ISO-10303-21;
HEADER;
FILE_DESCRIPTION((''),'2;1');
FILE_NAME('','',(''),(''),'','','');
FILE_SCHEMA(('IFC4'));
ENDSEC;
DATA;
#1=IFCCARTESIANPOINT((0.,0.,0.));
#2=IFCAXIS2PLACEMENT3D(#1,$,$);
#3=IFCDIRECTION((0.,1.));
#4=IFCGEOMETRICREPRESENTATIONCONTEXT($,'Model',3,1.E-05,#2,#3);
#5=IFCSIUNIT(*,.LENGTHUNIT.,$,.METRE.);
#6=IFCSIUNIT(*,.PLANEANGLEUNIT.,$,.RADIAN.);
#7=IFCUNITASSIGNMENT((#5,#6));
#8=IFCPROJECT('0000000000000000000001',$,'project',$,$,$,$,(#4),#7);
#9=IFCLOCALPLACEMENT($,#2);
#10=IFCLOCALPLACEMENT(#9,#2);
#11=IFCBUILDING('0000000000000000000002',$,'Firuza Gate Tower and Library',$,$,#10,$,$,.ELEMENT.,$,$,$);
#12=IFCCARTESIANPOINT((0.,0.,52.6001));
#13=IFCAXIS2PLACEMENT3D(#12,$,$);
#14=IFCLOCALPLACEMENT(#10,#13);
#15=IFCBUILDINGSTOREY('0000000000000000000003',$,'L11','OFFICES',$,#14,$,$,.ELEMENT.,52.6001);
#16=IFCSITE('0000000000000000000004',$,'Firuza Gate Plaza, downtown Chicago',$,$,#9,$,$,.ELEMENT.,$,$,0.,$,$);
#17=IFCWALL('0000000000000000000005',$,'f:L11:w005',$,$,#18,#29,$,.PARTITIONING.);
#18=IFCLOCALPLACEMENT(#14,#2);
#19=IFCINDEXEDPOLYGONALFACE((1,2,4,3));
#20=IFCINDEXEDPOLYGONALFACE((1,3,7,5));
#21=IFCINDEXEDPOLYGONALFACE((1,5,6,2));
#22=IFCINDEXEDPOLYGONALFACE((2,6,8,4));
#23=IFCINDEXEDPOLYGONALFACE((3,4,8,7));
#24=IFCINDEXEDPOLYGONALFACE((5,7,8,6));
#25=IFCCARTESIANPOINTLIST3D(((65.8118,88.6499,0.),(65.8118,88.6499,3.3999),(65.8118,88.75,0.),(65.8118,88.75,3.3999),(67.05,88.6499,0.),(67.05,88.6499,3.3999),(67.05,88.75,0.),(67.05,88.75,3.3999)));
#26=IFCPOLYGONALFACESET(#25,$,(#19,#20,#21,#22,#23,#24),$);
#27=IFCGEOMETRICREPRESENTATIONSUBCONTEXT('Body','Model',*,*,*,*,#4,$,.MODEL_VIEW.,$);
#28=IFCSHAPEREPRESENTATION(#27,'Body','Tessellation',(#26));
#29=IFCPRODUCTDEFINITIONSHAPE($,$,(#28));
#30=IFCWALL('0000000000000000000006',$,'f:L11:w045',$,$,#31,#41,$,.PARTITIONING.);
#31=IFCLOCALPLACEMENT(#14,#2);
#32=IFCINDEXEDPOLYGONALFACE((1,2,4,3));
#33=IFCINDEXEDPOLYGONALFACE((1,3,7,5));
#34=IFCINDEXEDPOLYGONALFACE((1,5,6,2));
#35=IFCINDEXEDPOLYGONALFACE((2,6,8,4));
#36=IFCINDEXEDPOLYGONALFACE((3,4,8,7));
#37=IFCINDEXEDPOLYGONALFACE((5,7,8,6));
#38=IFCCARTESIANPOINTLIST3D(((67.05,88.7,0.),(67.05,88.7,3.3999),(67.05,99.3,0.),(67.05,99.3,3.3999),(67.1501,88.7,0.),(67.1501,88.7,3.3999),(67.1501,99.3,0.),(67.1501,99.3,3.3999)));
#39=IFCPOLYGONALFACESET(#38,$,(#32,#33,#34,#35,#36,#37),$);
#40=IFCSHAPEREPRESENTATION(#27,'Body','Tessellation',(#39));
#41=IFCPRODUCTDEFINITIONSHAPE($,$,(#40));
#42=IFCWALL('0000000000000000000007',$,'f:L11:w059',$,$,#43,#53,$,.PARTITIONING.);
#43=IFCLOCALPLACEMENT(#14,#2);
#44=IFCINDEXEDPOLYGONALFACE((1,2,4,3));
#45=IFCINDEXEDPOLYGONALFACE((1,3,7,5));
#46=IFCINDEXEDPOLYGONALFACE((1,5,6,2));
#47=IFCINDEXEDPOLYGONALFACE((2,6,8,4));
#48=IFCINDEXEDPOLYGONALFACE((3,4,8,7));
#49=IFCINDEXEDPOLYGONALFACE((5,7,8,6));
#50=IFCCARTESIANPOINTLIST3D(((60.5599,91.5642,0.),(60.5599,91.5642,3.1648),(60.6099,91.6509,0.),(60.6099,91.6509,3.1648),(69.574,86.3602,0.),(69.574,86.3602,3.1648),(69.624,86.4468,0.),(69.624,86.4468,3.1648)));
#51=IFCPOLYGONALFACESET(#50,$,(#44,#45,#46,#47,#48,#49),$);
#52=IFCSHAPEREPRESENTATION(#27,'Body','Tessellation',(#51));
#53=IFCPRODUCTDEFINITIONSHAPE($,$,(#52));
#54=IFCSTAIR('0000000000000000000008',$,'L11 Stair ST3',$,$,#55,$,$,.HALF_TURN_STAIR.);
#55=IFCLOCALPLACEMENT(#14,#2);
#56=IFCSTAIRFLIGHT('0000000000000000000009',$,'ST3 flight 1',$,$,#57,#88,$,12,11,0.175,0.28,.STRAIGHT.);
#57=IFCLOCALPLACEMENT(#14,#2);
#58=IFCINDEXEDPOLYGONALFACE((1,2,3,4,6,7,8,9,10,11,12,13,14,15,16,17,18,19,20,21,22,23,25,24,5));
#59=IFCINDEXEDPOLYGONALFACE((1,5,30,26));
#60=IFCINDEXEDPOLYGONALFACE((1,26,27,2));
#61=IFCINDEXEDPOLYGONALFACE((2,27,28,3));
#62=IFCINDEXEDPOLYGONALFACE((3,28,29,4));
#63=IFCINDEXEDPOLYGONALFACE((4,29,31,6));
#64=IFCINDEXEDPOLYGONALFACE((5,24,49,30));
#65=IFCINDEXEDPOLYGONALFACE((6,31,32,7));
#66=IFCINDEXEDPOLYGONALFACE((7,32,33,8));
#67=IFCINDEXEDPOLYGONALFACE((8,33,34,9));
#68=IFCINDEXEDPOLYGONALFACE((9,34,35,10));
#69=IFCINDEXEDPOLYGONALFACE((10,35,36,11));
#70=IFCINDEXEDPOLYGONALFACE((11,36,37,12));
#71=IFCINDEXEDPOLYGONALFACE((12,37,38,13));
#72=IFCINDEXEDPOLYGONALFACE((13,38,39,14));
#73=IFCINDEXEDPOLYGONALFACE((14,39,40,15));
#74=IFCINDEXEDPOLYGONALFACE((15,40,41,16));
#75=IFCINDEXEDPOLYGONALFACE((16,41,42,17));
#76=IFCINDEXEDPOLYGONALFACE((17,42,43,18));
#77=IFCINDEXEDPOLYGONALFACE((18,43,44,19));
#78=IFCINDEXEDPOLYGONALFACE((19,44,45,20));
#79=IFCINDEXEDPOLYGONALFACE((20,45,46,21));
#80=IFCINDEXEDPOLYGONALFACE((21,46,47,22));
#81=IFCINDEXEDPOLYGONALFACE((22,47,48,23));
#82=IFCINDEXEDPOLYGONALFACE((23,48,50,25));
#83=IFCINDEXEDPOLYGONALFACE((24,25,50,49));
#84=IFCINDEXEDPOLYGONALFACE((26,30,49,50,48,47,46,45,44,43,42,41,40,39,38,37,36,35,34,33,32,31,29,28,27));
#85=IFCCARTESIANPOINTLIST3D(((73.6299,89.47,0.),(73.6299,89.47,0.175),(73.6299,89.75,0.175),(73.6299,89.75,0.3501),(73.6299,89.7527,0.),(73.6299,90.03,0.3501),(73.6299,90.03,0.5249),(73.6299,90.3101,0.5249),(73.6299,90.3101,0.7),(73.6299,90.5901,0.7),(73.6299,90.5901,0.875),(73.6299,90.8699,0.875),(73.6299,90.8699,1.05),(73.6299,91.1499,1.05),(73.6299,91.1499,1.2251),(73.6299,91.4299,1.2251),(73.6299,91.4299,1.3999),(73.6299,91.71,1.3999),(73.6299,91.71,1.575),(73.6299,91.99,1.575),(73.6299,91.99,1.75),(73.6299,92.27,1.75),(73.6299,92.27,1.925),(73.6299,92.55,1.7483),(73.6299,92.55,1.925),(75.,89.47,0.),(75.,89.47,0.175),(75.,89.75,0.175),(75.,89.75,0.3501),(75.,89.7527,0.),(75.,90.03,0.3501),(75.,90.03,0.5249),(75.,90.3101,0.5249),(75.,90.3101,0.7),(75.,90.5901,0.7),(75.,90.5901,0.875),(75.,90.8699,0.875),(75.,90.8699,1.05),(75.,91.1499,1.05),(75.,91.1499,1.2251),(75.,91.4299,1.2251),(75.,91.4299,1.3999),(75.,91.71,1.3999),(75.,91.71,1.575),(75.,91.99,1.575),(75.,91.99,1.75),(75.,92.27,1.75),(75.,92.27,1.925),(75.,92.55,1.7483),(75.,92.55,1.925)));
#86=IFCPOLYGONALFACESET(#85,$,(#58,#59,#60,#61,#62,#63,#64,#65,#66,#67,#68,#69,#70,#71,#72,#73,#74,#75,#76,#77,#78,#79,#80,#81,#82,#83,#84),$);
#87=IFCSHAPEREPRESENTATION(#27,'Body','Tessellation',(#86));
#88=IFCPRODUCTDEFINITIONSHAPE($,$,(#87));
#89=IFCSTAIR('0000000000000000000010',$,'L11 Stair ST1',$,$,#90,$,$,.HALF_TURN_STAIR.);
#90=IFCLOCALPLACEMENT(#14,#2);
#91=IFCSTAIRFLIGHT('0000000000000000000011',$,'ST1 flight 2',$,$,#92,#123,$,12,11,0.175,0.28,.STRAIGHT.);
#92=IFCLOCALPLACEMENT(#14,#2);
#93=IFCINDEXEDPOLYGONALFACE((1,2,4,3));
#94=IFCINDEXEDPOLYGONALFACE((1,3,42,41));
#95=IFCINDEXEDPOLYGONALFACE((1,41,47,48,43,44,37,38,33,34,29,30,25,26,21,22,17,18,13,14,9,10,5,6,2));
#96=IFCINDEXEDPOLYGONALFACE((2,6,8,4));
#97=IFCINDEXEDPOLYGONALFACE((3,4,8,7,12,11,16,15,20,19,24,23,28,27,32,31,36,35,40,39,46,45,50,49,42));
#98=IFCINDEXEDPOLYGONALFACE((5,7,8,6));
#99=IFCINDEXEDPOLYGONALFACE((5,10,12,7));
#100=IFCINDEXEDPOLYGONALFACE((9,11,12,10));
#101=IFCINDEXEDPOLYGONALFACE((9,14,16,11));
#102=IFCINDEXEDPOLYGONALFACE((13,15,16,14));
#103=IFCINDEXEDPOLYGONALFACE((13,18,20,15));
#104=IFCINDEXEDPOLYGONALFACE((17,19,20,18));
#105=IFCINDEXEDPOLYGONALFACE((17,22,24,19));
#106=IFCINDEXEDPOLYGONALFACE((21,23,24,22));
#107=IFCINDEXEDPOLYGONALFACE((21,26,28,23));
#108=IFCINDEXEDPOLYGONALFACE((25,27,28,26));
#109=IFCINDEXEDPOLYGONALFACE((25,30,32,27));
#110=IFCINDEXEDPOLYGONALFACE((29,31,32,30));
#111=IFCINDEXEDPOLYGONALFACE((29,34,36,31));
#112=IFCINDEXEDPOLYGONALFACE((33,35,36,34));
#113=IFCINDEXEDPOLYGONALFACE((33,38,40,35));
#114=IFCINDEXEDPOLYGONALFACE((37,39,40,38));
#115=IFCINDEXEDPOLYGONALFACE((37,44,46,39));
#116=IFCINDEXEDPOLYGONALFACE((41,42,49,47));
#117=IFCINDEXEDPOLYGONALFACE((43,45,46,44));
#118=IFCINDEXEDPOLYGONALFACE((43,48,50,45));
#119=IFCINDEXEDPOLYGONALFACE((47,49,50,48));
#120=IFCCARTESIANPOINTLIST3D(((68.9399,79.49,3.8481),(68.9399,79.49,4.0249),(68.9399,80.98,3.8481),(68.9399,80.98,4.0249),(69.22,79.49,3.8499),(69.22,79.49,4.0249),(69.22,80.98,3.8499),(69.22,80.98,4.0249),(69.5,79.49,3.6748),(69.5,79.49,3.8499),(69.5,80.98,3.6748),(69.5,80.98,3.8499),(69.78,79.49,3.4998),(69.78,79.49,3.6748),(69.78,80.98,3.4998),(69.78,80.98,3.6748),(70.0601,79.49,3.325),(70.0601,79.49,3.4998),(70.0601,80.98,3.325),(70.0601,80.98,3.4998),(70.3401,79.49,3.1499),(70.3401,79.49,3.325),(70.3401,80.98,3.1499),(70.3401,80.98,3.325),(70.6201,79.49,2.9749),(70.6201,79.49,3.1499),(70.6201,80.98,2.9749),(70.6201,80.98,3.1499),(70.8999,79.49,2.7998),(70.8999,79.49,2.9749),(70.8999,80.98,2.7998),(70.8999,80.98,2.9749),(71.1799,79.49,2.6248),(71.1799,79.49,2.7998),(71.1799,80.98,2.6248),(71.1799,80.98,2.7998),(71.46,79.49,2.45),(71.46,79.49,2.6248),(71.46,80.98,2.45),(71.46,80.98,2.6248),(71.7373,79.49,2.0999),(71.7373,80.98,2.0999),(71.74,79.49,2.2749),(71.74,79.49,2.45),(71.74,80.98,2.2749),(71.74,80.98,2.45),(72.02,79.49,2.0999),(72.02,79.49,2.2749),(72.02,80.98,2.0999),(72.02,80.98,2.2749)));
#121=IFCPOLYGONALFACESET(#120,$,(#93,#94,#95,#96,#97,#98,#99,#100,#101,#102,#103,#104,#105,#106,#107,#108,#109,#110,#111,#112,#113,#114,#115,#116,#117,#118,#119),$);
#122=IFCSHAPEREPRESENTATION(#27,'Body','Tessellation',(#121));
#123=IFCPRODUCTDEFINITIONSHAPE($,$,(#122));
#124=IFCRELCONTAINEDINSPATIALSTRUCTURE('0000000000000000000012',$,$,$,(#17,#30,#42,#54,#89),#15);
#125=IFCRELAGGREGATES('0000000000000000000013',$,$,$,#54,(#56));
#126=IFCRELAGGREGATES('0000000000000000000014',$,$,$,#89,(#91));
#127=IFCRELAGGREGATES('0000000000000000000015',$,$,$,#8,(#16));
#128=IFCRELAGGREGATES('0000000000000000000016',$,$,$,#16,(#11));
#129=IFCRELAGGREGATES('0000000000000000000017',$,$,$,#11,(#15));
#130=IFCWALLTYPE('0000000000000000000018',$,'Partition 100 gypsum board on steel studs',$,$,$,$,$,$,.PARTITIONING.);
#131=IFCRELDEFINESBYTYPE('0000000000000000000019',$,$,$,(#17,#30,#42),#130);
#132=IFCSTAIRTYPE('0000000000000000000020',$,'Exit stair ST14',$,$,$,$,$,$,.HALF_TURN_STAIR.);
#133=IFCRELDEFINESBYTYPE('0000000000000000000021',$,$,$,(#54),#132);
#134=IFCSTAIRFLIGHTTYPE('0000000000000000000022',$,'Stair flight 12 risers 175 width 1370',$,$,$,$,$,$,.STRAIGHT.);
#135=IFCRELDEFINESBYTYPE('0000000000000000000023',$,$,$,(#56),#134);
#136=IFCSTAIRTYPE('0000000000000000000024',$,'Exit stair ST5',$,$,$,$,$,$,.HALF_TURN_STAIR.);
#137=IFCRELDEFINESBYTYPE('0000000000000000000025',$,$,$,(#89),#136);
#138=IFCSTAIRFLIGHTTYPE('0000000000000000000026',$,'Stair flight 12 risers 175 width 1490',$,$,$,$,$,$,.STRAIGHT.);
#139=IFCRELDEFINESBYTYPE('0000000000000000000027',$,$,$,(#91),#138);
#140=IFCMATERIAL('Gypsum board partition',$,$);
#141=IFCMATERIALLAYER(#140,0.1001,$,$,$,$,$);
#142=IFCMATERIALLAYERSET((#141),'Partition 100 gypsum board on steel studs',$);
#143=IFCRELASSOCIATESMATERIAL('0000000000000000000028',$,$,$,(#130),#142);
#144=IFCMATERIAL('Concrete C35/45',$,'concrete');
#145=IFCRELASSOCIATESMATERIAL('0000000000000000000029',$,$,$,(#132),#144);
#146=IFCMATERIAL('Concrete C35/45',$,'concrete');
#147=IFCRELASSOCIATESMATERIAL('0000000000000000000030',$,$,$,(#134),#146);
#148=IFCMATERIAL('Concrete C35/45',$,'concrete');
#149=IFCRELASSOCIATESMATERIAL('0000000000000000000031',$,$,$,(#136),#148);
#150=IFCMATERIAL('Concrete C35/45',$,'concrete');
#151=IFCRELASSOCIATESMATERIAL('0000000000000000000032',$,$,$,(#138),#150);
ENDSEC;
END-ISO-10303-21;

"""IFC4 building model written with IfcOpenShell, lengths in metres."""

from ifc_helpers import new_model, si_unit, direction, frame, frame_2d, origin, place, context, subcontext, project, spatial, polyline, rectangle, outline, extrude, material, layer, layer_set, type_object, element, aggregate, save


model = new_model("IFC4")

# Units and contexts
model_context = context("Model", 3, precision=1e-05, world=origin(), true_north=direction((0.0, 1.0)))
body_context = subcontext(model_context, "Body", "Model", "MODEL_VIEW")
ifc_project = project(units=[si_unit("LENGTHUNIT", "METRE"), si_unit("PLANEANGLEUNIT", "RADIAN")], contexts=[model_context])

# Site, building, storey
site_placement = place(None, origin())
site = spatial("IfcSite", under=ifc_project, at=site_placement, Name="Firuza Gate Plaza, downtown Chicago", CompositionType="ELEMENT", RefElevation=0.0)
building_placement = place(site_placement, origin())
building = spatial("IfcBuilding", under=site, at=building_placement, Name="Firuza Gate Tower and Library", CompositionType="ELEMENT")
storey_placement = place(building_placement, frame((0.0, 0.0, 52.6001)))
storey = spatial("IfcBuildingStorey", under=building, at=storey_placement, Name="L11", Description="OFFICES", CompositionType="ELEMENT", Elevation=52.6001)

# Walls
ifc_material_1 = material(Name="Gypsum board partition")
ifc_layer_1 = layer(ifc_material_1, 0.1001)
ifc_layer_set_1 = layer_set([ifc_layer_1], Name="Partition 100 gypsum board on steel studs")
wall_type_1 = type_object("IfcWallType", Name="Partition 100 gypsum board on steel studs", PredefinedType="PARTITIONING", material=ifc_layer_set_1)
wall_1_placement = place(storey_placement, frame((65.8118, 88.7, 0.0), z_axis=(0.0, 0.0, 1.0), x_axis=(1.0, 0.0, 0.0)))
element("IfcWall", 1, at=wall_1_placement, inside=storey, type_object=wall_type_1, Name="f:L11:w005", PredefinedType="PARTITIONING", context=body_context, shape_type="SweptSolid", body=[
    extrude(rectangle(XDim=1.2383, YDim=0.1001, at=frame_2d((0.6191, 0.0))), origin(), (0.0, 0.0, 1.0), 3.3999),
])
wall_2_placement = place(storey_placement, frame((67.1001, 88.7, 0.0), z_axis=(0.0, 0.0, 1.0), x_axis=(0.0, 1.0, 0.0)))
element("IfcWall", 2, at=wall_2_placement, inside=storey, type_object=wall_type_1, Name="f:L11:w045", PredefinedType="PARTITIONING", context=body_context, shape_type="SweptSolid", body=[
    extrude(rectangle(XDim=10.6001, YDim=0.1001, at=frame_2d((5.3, 0.0))), origin(), (0.0, 0.0, 1.0), 3.3999),
])
wall_3_placement = place(storey_placement, frame((69.5989, 86.4036, 0.0), z_axis=(0.0, 0.0, 1.0), x_axis=(-0.866035, 0.499984, 0.0)))
element("IfcWall", 3, at=wall_3_placement, inside=storey, type_object=wall_type_1, Name="f:L11:w059", PredefinedType="PARTITIONING", context=body_context, shape_type="SweptSolid", body=[
    extrude(rectangle(XDim=10.4084, YDim=0.1001, at=frame_2d((5.2041, 0.0))), origin(), (0.0, 0.0, 1.0), 3.1648),
])

# Stairs, stair flights
ifc_material_2 = material(Name="Concrete C35/45", Category="concrete")
stair_type_1 = type_object("IfcStairType", Name="Exit stair ST14", PredefinedType="HALF_TURN_STAIR", material=ifc_material_2)
placement = place(storey_placement, origin())
stair_1 = element("IfcStair", 4, at=placement, inside=storey, type_object=stair_type_1, Name="L11 Stair ST3", PredefinedType="HALF_TURN_STAIR")
ifc_material_3 = material(Name="Concrete C35/45", Category="concrete")
stair_flight_type_1 = type_object("IfcStairFlightType", Name="Stair flight 12 risers 175 width 1370", PredefinedType="STRAIGHT", material=ifc_material_3)
stair_flight_1_placement = place(storey_placement, frame((74.3149, 89.47, 0.0), z_axis=(0.0, 0.0, 1.0), x_axis=(0.0, 1.0, 0.0)))
stair_flight_1 = element("IfcStairFlight", 5, at=stair_flight_1_placement, type_object=stair_flight_type_1, Name="ST3 flight 1", NumberOfRisers=12, NumberOfTreads=11, PredefinedType="STRAIGHT", RiserHeight=0.175, TreadLength=0.28, context=body_context, shape_type="SweptSolid", body=[
    extrude(outline(polyline([(0.0, 0.0), (0.0, 0.175), (0.28, 0.175), (0.28, 0.3501), (0.5601, 0.3501), (0.5601, 0.5249), (0.8401, 0.5249), (0.8401, 0.7), (1.1201, 0.7), (1.1201, 0.875), (1.3999, 0.875), (1.3999, 1.05), (1.6799, 1.05), (1.6799, 1.2251), (1.96, 1.2251), (1.96, 1.3999), (2.24, 1.3999), (2.24, 1.575), (2.52, 1.575), (2.52, 1.75), (2.8, 1.75), (2.8, 1.925), (3.0801, 1.925), (3.0801, 2.1001), (3.0801, 1.7483), (0.2827, 0.0), (0.0, 0.0)])), frame((0.0, 0.6851, 0.0), z_axis=(0.0, -1.0, 0.0), x_axis=(1.0, 0.0, 0.0)), (0.0, 0.0, 1.0), 1.3701),
])
aggregate(stair_1, [stair_flight_1])
ifc_material_4 = material(Name="Concrete C35/45", Category="concrete")
stair_type_2 = type_object("IfcStairType", Name="Exit stair ST5", PredefinedType="HALF_TURN_STAIR", material=ifc_material_4)
stair_2 = element("IfcStair", 6, at=placement, inside=storey, type_object=stair_type_2, Name="L11 Stair ST1", PredefinedType="HALF_TURN_STAIR")
ifc_material_5 = material(Name="Concrete C35/45", Category="concrete")
stair_flight_type_2 = type_object("IfcStairFlightType", Name="Stair flight 12 risers 175 width 1490", PredefinedType="STRAIGHT", material=ifc_material_5)
stair_flight_2_placement = place(storey_placement, frame((72.02, 80.2351, 2.0999), z_axis=(0.0, 0.0, 1.0), x_axis=(-1.0, 0.0, 0.0)))
stair_flight_2 = element("IfcStairFlight", 7, at=stair_flight_2_placement, type_object=stair_flight_type_2, Name="ST1 flight 2", NumberOfRisers=12, NumberOfTreads=11, PredefinedType="STRAIGHT", RiserHeight=0.175, TreadLength=0.28, context=body_context, shape_type="SweptSolid", body=[
    extrude(outline(polyline([(0.0, 0.0), (0.0, 0.175), (0.28, 0.175), (0.28, 0.3501), (0.5601, 0.3501), (0.5601, 0.5249), (0.8401, 0.5249), (0.8401, 0.7), (1.1201, 0.7), (1.1201, 0.875), (1.3999, 0.875), (1.3999, 1.05), (1.6799, 1.05), (1.6799, 1.2251), (1.96, 1.2251), (1.96, 1.3999), (2.24, 1.3999), (2.24, 1.575), (2.52, 1.575), (2.52, 1.75), (2.8, 1.75), (2.8, 1.925), (3.0801, 1.925), (3.0801, 2.1001), (3.0801, 1.7483), (0.2827, 0.0), (0.0, 0.0)])), frame((0.0, 0.7451, 0.0), z_axis=(0.0, -1.0, 0.0), x_axis=(1.0, 0.0, 0.0)), (0.0, 0.0, 1.0), 1.49),
])
aggregate(stair_2, [stair_flight_2])

save(model, "model.ifc")
